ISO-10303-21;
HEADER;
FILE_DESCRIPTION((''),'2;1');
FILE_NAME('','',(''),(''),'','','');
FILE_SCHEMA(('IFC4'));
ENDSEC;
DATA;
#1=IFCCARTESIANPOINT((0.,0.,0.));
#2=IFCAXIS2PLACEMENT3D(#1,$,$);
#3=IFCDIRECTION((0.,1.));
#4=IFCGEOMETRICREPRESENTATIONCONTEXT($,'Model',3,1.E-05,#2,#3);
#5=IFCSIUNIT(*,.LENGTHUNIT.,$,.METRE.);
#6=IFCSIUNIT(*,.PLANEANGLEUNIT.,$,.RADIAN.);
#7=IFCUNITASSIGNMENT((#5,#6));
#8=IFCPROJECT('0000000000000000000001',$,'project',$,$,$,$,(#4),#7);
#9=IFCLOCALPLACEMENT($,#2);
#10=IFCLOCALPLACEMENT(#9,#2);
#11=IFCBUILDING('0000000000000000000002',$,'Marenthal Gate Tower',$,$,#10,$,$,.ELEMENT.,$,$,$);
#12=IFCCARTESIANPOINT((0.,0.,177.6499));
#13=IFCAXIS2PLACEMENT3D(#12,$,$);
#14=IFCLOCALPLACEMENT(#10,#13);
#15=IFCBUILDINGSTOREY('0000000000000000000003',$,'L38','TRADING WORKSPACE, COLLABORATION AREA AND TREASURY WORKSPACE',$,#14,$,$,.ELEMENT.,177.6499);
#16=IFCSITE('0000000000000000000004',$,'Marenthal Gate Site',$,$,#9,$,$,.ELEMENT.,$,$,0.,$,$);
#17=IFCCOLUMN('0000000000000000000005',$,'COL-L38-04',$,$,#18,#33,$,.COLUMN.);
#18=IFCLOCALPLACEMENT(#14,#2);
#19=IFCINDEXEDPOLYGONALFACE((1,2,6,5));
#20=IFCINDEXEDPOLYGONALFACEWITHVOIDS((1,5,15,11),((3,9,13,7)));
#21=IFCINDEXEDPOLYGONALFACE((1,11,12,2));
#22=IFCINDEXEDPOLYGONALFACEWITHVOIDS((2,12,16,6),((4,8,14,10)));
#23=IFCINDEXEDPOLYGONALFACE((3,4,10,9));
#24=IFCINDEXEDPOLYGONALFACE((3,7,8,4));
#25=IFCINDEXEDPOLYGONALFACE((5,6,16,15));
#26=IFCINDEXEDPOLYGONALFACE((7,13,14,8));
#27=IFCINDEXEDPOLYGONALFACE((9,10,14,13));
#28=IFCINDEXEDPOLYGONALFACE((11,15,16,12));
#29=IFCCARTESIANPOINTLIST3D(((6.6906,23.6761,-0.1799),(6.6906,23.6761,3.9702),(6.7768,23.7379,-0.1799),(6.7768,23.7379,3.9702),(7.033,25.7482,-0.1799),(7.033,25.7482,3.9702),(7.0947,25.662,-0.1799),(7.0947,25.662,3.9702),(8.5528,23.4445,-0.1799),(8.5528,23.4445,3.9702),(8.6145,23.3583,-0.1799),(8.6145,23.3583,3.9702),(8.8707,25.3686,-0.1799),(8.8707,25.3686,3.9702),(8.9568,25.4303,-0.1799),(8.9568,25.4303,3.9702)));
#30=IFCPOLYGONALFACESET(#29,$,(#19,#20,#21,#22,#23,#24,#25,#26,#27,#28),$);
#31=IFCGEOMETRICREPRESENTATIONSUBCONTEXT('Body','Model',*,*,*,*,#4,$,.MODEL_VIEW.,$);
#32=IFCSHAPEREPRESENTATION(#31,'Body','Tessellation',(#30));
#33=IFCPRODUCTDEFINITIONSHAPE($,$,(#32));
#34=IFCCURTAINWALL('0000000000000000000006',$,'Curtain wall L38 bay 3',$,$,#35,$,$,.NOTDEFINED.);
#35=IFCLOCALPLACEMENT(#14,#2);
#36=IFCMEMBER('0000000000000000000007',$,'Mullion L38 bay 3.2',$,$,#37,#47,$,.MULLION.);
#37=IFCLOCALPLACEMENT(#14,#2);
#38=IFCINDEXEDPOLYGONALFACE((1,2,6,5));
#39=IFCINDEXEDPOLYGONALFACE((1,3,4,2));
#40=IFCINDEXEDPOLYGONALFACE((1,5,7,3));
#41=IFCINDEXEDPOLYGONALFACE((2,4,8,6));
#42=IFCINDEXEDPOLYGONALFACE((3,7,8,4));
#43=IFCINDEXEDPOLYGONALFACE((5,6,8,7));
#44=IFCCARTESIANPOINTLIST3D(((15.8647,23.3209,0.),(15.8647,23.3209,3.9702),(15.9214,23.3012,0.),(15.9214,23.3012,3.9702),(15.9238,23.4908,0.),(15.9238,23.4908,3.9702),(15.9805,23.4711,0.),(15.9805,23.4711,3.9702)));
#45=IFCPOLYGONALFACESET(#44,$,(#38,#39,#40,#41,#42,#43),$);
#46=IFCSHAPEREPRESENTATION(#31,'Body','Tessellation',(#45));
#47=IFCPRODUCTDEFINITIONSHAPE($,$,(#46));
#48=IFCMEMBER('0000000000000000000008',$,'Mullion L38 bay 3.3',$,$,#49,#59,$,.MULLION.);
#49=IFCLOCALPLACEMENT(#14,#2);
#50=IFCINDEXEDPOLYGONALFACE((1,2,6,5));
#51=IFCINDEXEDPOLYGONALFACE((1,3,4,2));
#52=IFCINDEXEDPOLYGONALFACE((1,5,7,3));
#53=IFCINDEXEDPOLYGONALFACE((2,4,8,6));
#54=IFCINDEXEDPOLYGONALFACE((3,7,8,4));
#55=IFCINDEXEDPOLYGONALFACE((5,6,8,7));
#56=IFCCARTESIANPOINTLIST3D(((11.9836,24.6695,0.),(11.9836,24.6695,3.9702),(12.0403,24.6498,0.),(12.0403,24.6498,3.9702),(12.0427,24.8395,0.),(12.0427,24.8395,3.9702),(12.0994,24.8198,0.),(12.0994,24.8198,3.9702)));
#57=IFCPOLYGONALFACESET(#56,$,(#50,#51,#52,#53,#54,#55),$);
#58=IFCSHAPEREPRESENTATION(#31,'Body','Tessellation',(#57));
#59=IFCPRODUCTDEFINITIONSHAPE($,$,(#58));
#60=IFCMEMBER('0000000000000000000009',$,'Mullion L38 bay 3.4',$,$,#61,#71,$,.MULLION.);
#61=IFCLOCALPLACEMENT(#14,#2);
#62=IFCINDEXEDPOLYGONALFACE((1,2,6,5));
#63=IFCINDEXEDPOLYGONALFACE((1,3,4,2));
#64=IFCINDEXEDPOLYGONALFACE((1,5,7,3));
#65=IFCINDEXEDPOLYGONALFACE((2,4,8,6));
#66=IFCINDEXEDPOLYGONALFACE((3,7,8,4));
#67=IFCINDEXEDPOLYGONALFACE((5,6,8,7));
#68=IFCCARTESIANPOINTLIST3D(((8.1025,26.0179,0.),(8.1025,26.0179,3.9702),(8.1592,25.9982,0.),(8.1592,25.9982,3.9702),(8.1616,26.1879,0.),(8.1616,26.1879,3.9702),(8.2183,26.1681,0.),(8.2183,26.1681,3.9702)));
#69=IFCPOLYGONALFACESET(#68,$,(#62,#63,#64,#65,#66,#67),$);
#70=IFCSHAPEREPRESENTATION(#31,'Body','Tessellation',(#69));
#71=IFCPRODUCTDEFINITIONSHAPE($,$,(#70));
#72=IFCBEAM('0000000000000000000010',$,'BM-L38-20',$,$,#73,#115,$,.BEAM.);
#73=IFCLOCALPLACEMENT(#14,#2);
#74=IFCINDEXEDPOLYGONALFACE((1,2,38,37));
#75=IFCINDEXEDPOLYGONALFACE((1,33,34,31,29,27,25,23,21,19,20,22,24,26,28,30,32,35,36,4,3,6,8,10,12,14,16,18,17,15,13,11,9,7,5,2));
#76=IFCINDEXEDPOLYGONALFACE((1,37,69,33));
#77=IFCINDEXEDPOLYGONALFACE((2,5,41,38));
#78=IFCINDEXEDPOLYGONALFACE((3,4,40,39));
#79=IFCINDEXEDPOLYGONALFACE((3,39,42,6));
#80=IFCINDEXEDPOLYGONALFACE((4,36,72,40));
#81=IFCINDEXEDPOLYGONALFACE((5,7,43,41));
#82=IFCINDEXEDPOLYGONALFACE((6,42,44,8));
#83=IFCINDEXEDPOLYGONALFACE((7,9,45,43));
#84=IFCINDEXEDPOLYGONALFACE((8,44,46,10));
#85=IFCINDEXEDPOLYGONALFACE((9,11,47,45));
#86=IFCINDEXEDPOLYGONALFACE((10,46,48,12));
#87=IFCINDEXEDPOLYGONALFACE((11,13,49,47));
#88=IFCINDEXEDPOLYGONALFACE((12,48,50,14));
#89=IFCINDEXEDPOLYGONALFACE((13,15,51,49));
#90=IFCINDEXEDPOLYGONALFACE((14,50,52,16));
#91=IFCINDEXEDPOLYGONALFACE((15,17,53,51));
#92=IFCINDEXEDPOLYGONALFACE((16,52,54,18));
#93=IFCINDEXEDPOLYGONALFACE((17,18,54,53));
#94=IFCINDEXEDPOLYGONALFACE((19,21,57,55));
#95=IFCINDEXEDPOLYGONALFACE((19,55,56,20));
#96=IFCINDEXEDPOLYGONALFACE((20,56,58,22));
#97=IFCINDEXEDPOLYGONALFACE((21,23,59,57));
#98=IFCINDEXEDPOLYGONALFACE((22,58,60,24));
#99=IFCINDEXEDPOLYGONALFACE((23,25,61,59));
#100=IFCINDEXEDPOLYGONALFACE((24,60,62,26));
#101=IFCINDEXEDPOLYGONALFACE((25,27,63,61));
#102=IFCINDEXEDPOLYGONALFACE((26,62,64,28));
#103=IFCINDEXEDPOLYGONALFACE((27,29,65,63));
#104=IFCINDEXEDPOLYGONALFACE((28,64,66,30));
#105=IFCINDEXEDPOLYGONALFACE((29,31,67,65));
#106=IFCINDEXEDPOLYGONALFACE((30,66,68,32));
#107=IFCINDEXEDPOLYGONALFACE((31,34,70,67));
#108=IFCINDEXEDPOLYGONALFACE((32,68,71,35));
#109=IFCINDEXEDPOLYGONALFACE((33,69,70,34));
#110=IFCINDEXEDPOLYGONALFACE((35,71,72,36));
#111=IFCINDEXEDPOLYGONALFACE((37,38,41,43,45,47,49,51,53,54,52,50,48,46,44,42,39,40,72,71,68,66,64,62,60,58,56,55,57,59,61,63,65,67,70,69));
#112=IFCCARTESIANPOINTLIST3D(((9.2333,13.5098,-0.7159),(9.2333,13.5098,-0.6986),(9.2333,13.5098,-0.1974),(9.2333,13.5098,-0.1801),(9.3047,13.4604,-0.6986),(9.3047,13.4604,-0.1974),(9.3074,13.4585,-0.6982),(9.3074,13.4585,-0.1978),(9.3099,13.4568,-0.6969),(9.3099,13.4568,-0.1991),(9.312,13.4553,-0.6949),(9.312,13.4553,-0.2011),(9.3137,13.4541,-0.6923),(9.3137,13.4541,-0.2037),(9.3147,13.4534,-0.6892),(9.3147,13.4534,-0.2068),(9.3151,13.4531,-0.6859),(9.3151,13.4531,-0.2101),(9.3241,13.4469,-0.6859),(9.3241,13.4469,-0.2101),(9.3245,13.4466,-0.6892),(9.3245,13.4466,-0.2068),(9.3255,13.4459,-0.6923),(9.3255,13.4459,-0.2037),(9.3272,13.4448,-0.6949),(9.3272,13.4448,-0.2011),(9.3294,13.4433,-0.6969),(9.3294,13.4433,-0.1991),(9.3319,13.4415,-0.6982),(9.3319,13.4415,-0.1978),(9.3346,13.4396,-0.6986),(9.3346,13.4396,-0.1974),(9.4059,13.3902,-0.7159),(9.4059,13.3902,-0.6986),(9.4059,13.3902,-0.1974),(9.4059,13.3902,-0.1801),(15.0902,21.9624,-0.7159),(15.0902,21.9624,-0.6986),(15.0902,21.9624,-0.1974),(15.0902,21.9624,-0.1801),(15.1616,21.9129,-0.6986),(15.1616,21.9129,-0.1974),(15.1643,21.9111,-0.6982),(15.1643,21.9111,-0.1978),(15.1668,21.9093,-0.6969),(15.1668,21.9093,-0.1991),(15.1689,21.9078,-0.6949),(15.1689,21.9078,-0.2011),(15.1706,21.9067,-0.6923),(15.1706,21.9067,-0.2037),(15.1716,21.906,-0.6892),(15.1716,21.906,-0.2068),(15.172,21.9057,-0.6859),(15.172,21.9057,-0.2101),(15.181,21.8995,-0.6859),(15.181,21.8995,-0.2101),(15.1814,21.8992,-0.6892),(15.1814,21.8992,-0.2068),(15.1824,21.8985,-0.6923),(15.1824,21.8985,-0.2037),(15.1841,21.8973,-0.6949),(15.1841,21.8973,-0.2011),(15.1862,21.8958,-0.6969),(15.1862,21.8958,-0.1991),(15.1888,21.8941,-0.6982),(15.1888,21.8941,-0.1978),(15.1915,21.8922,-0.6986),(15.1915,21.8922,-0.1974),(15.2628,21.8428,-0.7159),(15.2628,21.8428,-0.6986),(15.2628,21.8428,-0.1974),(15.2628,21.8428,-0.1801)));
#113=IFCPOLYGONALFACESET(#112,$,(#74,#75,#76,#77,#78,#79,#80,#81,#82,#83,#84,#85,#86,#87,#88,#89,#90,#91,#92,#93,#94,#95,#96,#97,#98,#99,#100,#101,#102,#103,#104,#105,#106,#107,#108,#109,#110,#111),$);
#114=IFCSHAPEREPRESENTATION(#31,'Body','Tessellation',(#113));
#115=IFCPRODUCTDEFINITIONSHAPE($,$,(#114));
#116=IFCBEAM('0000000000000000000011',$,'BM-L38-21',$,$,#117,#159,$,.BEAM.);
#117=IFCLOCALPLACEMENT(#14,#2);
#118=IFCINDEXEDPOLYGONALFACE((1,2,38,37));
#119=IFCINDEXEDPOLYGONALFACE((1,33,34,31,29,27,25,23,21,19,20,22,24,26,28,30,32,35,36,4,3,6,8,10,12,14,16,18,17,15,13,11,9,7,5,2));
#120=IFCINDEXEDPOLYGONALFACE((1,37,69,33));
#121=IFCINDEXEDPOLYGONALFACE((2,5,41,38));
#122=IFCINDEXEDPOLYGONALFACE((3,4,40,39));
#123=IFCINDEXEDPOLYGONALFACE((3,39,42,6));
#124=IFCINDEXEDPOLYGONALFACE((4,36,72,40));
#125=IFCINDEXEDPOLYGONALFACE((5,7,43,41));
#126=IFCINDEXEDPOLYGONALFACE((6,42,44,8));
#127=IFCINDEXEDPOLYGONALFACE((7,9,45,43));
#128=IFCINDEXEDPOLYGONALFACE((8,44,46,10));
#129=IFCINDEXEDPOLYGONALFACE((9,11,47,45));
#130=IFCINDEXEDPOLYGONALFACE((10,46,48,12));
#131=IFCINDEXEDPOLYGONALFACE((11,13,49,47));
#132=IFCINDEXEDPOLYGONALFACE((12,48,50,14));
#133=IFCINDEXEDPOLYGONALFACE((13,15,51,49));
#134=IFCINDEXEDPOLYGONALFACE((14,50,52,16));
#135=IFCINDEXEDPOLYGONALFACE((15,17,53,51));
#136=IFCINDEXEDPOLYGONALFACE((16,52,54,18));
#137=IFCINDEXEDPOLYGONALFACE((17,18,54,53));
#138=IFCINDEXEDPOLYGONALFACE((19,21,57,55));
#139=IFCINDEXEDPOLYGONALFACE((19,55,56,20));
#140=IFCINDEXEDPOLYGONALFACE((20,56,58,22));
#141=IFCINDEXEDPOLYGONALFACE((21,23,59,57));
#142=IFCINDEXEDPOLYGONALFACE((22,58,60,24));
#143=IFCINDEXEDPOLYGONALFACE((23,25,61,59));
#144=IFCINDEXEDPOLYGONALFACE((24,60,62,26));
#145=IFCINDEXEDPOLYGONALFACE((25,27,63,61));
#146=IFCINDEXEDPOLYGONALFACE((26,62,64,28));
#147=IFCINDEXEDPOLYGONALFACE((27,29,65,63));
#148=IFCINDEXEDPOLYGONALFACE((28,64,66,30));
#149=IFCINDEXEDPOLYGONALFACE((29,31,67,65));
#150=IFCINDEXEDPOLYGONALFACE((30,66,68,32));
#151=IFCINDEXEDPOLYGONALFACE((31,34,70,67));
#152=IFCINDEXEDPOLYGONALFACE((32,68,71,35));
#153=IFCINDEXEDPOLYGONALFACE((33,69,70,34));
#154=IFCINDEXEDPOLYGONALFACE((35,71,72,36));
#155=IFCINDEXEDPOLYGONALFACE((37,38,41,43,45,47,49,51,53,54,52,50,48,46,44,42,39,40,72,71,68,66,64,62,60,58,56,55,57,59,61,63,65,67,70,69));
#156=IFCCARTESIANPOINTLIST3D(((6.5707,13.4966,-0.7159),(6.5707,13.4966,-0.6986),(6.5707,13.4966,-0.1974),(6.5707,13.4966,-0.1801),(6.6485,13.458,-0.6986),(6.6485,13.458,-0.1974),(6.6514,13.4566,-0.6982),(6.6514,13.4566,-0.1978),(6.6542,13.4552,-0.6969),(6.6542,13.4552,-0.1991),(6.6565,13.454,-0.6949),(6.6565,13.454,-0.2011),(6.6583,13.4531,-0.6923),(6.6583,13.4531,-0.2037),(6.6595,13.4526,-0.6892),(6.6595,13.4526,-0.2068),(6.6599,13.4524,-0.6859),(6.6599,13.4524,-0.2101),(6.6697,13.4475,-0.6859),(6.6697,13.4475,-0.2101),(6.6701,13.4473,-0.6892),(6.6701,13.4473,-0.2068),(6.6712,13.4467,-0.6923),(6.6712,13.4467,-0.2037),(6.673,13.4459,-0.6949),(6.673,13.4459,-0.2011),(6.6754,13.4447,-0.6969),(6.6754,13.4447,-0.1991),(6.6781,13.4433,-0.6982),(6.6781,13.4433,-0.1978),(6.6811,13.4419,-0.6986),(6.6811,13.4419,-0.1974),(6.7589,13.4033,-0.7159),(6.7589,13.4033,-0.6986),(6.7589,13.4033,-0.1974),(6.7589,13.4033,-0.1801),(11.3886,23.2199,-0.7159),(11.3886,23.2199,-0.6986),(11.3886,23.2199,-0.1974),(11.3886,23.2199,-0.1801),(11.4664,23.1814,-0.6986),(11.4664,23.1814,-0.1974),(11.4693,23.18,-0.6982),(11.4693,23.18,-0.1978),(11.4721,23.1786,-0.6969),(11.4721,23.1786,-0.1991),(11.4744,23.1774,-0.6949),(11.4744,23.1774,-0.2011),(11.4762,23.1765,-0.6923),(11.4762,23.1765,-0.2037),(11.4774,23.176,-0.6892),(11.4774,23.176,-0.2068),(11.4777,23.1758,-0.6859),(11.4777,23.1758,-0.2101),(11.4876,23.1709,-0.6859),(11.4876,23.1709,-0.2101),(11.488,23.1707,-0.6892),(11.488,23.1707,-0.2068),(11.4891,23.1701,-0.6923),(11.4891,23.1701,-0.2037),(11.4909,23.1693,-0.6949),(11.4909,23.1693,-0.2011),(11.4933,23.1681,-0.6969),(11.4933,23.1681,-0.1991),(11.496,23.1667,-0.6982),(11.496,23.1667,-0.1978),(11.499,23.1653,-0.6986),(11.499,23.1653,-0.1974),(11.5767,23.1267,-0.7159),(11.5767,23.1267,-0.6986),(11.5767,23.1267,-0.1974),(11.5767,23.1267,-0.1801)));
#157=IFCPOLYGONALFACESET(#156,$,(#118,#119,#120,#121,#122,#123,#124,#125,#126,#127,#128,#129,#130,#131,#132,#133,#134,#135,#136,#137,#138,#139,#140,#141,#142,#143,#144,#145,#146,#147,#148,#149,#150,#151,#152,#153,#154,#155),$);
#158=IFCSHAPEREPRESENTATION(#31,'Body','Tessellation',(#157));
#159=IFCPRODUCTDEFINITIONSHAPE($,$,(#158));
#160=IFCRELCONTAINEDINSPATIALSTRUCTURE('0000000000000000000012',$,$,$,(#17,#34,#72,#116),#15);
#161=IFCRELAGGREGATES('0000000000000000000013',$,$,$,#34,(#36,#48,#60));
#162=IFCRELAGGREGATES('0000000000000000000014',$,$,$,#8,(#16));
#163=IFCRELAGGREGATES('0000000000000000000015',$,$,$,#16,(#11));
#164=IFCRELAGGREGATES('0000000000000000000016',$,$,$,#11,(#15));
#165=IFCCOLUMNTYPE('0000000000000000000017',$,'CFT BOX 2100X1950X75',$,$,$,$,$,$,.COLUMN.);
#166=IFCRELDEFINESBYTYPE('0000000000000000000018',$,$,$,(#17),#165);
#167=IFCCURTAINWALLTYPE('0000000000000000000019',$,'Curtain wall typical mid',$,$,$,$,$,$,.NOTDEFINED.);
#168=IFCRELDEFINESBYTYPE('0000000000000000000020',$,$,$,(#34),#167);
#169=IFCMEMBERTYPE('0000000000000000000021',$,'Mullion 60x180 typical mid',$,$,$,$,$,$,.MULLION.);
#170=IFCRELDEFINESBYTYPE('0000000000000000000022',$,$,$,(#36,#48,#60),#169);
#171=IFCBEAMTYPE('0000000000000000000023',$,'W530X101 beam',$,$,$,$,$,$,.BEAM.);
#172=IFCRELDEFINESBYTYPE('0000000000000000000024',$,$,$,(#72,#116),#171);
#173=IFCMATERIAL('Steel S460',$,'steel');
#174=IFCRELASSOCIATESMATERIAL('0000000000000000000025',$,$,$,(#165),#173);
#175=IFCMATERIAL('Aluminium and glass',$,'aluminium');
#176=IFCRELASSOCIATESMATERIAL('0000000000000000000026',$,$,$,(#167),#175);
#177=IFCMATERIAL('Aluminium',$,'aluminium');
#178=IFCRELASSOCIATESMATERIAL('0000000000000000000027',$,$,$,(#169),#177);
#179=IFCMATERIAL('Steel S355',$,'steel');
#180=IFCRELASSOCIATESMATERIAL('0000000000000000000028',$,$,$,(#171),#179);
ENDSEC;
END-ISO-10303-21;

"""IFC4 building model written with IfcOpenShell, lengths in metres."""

from ifc_helpers import new_model, si_unit, direction, frame, origin, origin_2d, place, context, subcontext, project, spatial, rectangle, hollow_rectangle, i_section, extrude, material, material_profile, profile_set, type_object, element, aggregate, save


model = new_model("IFC4")

# Units and contexts
model_context = context("Model", 3, precision=1e-05, world=origin(), true_north=direction((0.0, 1.0)))
body_context = subcontext(model_context, "Body", "Model", "MODEL_VIEW")
ifc_project = project(units=[si_unit("LENGTHUNIT", "METRE"), si_unit("PLANEANGLEUNIT", "RADIAN")], contexts=[model_context])

# Site, building, storey
site_placement = place(None, origin())
site = spatial("IfcSite", under=ifc_project, at=site_placement, Name="Marenthal Gate Site", CompositionType="ELEMENT", RefElevation=0.0)
building_placement = place(site_placement, origin())
building = spatial("IfcBuilding", under=site, at=building_placement, Name="Marenthal Gate Tower", CompositionType="ELEMENT")
storey_placement = place(building_placement, frame((0.0, 0.0, 177.6499)))
storey = spatial("IfcBuildingStorey", under=building, at=storey_placement, Name="L38", Description="TRADING WORKSPACE, COLLABORATION AREA AND TREASURY WORKSPACE", CompositionType="ELEMENT", Elevation=177.6499)

# Column
ifc_material_1 = material(Name="Steel S460", Category="steel")
ifc_material_profile_1 = material_profile(ifc_material_1, hollow_rectangle(XDim=1.95, YDim=2.1001, WallThickness=0.075, at=origin_2d()), Name="CFT BOX 2100X1950X75")
ifc_material_2 = material(Name="Concrete 70 MPa", Category="concrete")
ifc_material_profile_2 = material_profile(ifc_material_2, rectangle(XDim=1.8, YDim=1.95, at=origin_2d()), Name="CFT BOX 2100X1950X75 INFILL")
ifc_profile_set_1 = profile_set([ifc_material_profile_1, ifc_material_profile_2], Name="Steel S460 shell, Concrete 70 MPa infill")
column_type = type_object("IfcColumnType", Name="CFT BOX 2100X1950X75", PredefinedType="COLUMN", material=ifc_profile_set_1)
column_placement = place(storey_placement, frame((7.8237, 24.5532, -0.1799), z_axis=(0.0, 0.0, 1.0), x_axis=(0.986625, -0.163004, 0.0)))
element("IfcColumn", 1, at=column_placement, inside=storey, type_object=column_type, Name="COL-L38-04", PredefinedType="COLUMN", context=body_context, shape_type="SweptSolid", body=[
    extrude(hollow_rectangle(XDim=1.95, YDim=2.1001, WallThickness=0.075, at=origin_2d()), origin(), (0.0, 0.0, 1.0), 4.1501),
])

# Curtain wall, members
ifc_material_3 = material(Name="Aluminium and glass", Category="aluminium")
curtain_wall_type = type_object("IfcCurtainWallType", Name="Curtain wall typical mid", PredefinedType="NOTDEFINED", material=ifc_material_3)
curtain_wall_placement = place(storey_placement, origin())
curtain_wall = element("IfcCurtainWall", 2, at=curtain_wall_placement, inside=storey, type_object=curtain_wall_type, Name="Curtain wall L38 bay 3", PredefinedType="NOTDEFINED")
ifc_material_4 = material(Name="Aluminium", Category="aluminium")
ifc_material_profile_3 = material_profile(ifc_material_4, rectangle(XDim=0.1799, YDim=0.0601, at=origin_2d()), Name="60x180 aluminium mullion")
ifc_profile_set_2 = profile_set([ifc_material_profile_3], Name="Aluminium")
member_type = type_object("IfcMemberType", Name="Mullion 60x180 typical mid", PredefinedType="MULLION", material=ifc_profile_set_2)
member_1_placement = place(storey_placement, frame((15.9226, 23.396, 0.0), z_axis=(0.0, 0.0, 1.0), x_axis=(-0.328211, -0.944604, 0.0)))
member_1 = element("IfcMember", 3, at=member_1_placement, type_object=member_type, Name="Mullion L38 bay 3.2", PredefinedType="MULLION", context=body_context, shape_type="SweptSolid", body=[
    extrude(rectangle(XDim=0.1799, YDim=0.0601, at=origin_2d()), origin(), (0.0, 0.0, 1.0), 3.9702),
])
member_2_placement = place(storey_placement, frame((12.0415, 24.7446, 0.0), z_axis=(0.0, 0.0, 1.0), x_axis=(-0.328211, -0.944604, 0.0)))
member_2 = element("IfcMember", 4, at=member_2_placement, type_object=member_type, Name="Mullion L38 bay 3.3", PredefinedType="MULLION", context=body_context, shape_type="SweptSolid", body=[
    extrude(rectangle(XDim=0.1799, YDim=0.0601, at=origin_2d()), origin(), (0.0, 0.0, 1.0), 3.9702),
])
member_3_placement = place(storey_placement, frame((8.1604, 26.093, 0.0), z_axis=(0.0, 0.0, 1.0), x_axis=(-0.328211, -0.944604, 0.0)))
member_3 = element("IfcMember", 5, at=member_3_placement, type_object=member_type, Name="Mullion L38 bay 3.4", PredefinedType="MULLION", context=body_context, shape_type="SweptSolid", body=[
    extrude(rectangle(XDim=0.1799, YDim=0.0601, at=origin_2d()), origin(), (0.0, 0.0, 1.0), 3.9702),
])

# Beams
ifc_material_5 = material(Name="Steel S355", Category="steel")
ifc_material_profile_4 = material_profile(ifc_material_5, i_section(OverallWidth=0.21, OverallDepth=0.5359, WebThickness=0.011, FlangeThickness=0.0173, FilletRadius=0.0127, at=origin_2d()), Name="W530X101")
ifc_profile_set_3 = profile_set([ifc_material_profile_4], Name="Steel S355")
beam_type_1 = type_object("IfcBeamType", Name="W530X101 beam", PredefinedType="BEAM", material=ifc_profile_set_3)
beam_1_placement = place(storey_placement, frame((15.1765, 21.9026, -0.448), z_axis=(-0.569546, -0.82196, 0.0), x_axis=(0.82196, -0.569546, 0.0)))
element("IfcBeam", 6, at=beam_1_placement, inside=storey, type_object=beam_type_1, Name="BM-L38-20", PredefinedType="BEAM", context=body_context, shape_type="SweptSolid", body=[
    extrude(i_section(OverallWidth=0.21, OverallDepth=0.5359, WebThickness=0.011, FlangeThickness=0.0173, FilletRadius=0.0127, at=origin_2d()), origin(), (0.0, 0.0, 1.0), 10.2834),
])
beam_2_placement = place(storey_placement, frame((11.4827, 23.1733, -0.448), z_axis=(-0.44398, -0.896037, 0.0), x_axis=(0.896037, -0.44398, 0.0)))
element("IfcBeam", 7, at=beam_2_placement, inside=storey, type_object=beam_type_1, Name="BM-L38-21", PredefinedType="BEAM", context=body_context, shape_type="SweptSolid", body=[
    extrude(i_section(OverallWidth=0.21, OverallDepth=0.5359, WebThickness=0.011, FlangeThickness=0.0173, FilletRadius=0.0127, at=origin_2d()), origin(), (0.0, 0.0, 1.0), 10.8516),
])

aggregate(curtain_wall, [member_1, member_2, member_3])

save(model, "model.ifc")
